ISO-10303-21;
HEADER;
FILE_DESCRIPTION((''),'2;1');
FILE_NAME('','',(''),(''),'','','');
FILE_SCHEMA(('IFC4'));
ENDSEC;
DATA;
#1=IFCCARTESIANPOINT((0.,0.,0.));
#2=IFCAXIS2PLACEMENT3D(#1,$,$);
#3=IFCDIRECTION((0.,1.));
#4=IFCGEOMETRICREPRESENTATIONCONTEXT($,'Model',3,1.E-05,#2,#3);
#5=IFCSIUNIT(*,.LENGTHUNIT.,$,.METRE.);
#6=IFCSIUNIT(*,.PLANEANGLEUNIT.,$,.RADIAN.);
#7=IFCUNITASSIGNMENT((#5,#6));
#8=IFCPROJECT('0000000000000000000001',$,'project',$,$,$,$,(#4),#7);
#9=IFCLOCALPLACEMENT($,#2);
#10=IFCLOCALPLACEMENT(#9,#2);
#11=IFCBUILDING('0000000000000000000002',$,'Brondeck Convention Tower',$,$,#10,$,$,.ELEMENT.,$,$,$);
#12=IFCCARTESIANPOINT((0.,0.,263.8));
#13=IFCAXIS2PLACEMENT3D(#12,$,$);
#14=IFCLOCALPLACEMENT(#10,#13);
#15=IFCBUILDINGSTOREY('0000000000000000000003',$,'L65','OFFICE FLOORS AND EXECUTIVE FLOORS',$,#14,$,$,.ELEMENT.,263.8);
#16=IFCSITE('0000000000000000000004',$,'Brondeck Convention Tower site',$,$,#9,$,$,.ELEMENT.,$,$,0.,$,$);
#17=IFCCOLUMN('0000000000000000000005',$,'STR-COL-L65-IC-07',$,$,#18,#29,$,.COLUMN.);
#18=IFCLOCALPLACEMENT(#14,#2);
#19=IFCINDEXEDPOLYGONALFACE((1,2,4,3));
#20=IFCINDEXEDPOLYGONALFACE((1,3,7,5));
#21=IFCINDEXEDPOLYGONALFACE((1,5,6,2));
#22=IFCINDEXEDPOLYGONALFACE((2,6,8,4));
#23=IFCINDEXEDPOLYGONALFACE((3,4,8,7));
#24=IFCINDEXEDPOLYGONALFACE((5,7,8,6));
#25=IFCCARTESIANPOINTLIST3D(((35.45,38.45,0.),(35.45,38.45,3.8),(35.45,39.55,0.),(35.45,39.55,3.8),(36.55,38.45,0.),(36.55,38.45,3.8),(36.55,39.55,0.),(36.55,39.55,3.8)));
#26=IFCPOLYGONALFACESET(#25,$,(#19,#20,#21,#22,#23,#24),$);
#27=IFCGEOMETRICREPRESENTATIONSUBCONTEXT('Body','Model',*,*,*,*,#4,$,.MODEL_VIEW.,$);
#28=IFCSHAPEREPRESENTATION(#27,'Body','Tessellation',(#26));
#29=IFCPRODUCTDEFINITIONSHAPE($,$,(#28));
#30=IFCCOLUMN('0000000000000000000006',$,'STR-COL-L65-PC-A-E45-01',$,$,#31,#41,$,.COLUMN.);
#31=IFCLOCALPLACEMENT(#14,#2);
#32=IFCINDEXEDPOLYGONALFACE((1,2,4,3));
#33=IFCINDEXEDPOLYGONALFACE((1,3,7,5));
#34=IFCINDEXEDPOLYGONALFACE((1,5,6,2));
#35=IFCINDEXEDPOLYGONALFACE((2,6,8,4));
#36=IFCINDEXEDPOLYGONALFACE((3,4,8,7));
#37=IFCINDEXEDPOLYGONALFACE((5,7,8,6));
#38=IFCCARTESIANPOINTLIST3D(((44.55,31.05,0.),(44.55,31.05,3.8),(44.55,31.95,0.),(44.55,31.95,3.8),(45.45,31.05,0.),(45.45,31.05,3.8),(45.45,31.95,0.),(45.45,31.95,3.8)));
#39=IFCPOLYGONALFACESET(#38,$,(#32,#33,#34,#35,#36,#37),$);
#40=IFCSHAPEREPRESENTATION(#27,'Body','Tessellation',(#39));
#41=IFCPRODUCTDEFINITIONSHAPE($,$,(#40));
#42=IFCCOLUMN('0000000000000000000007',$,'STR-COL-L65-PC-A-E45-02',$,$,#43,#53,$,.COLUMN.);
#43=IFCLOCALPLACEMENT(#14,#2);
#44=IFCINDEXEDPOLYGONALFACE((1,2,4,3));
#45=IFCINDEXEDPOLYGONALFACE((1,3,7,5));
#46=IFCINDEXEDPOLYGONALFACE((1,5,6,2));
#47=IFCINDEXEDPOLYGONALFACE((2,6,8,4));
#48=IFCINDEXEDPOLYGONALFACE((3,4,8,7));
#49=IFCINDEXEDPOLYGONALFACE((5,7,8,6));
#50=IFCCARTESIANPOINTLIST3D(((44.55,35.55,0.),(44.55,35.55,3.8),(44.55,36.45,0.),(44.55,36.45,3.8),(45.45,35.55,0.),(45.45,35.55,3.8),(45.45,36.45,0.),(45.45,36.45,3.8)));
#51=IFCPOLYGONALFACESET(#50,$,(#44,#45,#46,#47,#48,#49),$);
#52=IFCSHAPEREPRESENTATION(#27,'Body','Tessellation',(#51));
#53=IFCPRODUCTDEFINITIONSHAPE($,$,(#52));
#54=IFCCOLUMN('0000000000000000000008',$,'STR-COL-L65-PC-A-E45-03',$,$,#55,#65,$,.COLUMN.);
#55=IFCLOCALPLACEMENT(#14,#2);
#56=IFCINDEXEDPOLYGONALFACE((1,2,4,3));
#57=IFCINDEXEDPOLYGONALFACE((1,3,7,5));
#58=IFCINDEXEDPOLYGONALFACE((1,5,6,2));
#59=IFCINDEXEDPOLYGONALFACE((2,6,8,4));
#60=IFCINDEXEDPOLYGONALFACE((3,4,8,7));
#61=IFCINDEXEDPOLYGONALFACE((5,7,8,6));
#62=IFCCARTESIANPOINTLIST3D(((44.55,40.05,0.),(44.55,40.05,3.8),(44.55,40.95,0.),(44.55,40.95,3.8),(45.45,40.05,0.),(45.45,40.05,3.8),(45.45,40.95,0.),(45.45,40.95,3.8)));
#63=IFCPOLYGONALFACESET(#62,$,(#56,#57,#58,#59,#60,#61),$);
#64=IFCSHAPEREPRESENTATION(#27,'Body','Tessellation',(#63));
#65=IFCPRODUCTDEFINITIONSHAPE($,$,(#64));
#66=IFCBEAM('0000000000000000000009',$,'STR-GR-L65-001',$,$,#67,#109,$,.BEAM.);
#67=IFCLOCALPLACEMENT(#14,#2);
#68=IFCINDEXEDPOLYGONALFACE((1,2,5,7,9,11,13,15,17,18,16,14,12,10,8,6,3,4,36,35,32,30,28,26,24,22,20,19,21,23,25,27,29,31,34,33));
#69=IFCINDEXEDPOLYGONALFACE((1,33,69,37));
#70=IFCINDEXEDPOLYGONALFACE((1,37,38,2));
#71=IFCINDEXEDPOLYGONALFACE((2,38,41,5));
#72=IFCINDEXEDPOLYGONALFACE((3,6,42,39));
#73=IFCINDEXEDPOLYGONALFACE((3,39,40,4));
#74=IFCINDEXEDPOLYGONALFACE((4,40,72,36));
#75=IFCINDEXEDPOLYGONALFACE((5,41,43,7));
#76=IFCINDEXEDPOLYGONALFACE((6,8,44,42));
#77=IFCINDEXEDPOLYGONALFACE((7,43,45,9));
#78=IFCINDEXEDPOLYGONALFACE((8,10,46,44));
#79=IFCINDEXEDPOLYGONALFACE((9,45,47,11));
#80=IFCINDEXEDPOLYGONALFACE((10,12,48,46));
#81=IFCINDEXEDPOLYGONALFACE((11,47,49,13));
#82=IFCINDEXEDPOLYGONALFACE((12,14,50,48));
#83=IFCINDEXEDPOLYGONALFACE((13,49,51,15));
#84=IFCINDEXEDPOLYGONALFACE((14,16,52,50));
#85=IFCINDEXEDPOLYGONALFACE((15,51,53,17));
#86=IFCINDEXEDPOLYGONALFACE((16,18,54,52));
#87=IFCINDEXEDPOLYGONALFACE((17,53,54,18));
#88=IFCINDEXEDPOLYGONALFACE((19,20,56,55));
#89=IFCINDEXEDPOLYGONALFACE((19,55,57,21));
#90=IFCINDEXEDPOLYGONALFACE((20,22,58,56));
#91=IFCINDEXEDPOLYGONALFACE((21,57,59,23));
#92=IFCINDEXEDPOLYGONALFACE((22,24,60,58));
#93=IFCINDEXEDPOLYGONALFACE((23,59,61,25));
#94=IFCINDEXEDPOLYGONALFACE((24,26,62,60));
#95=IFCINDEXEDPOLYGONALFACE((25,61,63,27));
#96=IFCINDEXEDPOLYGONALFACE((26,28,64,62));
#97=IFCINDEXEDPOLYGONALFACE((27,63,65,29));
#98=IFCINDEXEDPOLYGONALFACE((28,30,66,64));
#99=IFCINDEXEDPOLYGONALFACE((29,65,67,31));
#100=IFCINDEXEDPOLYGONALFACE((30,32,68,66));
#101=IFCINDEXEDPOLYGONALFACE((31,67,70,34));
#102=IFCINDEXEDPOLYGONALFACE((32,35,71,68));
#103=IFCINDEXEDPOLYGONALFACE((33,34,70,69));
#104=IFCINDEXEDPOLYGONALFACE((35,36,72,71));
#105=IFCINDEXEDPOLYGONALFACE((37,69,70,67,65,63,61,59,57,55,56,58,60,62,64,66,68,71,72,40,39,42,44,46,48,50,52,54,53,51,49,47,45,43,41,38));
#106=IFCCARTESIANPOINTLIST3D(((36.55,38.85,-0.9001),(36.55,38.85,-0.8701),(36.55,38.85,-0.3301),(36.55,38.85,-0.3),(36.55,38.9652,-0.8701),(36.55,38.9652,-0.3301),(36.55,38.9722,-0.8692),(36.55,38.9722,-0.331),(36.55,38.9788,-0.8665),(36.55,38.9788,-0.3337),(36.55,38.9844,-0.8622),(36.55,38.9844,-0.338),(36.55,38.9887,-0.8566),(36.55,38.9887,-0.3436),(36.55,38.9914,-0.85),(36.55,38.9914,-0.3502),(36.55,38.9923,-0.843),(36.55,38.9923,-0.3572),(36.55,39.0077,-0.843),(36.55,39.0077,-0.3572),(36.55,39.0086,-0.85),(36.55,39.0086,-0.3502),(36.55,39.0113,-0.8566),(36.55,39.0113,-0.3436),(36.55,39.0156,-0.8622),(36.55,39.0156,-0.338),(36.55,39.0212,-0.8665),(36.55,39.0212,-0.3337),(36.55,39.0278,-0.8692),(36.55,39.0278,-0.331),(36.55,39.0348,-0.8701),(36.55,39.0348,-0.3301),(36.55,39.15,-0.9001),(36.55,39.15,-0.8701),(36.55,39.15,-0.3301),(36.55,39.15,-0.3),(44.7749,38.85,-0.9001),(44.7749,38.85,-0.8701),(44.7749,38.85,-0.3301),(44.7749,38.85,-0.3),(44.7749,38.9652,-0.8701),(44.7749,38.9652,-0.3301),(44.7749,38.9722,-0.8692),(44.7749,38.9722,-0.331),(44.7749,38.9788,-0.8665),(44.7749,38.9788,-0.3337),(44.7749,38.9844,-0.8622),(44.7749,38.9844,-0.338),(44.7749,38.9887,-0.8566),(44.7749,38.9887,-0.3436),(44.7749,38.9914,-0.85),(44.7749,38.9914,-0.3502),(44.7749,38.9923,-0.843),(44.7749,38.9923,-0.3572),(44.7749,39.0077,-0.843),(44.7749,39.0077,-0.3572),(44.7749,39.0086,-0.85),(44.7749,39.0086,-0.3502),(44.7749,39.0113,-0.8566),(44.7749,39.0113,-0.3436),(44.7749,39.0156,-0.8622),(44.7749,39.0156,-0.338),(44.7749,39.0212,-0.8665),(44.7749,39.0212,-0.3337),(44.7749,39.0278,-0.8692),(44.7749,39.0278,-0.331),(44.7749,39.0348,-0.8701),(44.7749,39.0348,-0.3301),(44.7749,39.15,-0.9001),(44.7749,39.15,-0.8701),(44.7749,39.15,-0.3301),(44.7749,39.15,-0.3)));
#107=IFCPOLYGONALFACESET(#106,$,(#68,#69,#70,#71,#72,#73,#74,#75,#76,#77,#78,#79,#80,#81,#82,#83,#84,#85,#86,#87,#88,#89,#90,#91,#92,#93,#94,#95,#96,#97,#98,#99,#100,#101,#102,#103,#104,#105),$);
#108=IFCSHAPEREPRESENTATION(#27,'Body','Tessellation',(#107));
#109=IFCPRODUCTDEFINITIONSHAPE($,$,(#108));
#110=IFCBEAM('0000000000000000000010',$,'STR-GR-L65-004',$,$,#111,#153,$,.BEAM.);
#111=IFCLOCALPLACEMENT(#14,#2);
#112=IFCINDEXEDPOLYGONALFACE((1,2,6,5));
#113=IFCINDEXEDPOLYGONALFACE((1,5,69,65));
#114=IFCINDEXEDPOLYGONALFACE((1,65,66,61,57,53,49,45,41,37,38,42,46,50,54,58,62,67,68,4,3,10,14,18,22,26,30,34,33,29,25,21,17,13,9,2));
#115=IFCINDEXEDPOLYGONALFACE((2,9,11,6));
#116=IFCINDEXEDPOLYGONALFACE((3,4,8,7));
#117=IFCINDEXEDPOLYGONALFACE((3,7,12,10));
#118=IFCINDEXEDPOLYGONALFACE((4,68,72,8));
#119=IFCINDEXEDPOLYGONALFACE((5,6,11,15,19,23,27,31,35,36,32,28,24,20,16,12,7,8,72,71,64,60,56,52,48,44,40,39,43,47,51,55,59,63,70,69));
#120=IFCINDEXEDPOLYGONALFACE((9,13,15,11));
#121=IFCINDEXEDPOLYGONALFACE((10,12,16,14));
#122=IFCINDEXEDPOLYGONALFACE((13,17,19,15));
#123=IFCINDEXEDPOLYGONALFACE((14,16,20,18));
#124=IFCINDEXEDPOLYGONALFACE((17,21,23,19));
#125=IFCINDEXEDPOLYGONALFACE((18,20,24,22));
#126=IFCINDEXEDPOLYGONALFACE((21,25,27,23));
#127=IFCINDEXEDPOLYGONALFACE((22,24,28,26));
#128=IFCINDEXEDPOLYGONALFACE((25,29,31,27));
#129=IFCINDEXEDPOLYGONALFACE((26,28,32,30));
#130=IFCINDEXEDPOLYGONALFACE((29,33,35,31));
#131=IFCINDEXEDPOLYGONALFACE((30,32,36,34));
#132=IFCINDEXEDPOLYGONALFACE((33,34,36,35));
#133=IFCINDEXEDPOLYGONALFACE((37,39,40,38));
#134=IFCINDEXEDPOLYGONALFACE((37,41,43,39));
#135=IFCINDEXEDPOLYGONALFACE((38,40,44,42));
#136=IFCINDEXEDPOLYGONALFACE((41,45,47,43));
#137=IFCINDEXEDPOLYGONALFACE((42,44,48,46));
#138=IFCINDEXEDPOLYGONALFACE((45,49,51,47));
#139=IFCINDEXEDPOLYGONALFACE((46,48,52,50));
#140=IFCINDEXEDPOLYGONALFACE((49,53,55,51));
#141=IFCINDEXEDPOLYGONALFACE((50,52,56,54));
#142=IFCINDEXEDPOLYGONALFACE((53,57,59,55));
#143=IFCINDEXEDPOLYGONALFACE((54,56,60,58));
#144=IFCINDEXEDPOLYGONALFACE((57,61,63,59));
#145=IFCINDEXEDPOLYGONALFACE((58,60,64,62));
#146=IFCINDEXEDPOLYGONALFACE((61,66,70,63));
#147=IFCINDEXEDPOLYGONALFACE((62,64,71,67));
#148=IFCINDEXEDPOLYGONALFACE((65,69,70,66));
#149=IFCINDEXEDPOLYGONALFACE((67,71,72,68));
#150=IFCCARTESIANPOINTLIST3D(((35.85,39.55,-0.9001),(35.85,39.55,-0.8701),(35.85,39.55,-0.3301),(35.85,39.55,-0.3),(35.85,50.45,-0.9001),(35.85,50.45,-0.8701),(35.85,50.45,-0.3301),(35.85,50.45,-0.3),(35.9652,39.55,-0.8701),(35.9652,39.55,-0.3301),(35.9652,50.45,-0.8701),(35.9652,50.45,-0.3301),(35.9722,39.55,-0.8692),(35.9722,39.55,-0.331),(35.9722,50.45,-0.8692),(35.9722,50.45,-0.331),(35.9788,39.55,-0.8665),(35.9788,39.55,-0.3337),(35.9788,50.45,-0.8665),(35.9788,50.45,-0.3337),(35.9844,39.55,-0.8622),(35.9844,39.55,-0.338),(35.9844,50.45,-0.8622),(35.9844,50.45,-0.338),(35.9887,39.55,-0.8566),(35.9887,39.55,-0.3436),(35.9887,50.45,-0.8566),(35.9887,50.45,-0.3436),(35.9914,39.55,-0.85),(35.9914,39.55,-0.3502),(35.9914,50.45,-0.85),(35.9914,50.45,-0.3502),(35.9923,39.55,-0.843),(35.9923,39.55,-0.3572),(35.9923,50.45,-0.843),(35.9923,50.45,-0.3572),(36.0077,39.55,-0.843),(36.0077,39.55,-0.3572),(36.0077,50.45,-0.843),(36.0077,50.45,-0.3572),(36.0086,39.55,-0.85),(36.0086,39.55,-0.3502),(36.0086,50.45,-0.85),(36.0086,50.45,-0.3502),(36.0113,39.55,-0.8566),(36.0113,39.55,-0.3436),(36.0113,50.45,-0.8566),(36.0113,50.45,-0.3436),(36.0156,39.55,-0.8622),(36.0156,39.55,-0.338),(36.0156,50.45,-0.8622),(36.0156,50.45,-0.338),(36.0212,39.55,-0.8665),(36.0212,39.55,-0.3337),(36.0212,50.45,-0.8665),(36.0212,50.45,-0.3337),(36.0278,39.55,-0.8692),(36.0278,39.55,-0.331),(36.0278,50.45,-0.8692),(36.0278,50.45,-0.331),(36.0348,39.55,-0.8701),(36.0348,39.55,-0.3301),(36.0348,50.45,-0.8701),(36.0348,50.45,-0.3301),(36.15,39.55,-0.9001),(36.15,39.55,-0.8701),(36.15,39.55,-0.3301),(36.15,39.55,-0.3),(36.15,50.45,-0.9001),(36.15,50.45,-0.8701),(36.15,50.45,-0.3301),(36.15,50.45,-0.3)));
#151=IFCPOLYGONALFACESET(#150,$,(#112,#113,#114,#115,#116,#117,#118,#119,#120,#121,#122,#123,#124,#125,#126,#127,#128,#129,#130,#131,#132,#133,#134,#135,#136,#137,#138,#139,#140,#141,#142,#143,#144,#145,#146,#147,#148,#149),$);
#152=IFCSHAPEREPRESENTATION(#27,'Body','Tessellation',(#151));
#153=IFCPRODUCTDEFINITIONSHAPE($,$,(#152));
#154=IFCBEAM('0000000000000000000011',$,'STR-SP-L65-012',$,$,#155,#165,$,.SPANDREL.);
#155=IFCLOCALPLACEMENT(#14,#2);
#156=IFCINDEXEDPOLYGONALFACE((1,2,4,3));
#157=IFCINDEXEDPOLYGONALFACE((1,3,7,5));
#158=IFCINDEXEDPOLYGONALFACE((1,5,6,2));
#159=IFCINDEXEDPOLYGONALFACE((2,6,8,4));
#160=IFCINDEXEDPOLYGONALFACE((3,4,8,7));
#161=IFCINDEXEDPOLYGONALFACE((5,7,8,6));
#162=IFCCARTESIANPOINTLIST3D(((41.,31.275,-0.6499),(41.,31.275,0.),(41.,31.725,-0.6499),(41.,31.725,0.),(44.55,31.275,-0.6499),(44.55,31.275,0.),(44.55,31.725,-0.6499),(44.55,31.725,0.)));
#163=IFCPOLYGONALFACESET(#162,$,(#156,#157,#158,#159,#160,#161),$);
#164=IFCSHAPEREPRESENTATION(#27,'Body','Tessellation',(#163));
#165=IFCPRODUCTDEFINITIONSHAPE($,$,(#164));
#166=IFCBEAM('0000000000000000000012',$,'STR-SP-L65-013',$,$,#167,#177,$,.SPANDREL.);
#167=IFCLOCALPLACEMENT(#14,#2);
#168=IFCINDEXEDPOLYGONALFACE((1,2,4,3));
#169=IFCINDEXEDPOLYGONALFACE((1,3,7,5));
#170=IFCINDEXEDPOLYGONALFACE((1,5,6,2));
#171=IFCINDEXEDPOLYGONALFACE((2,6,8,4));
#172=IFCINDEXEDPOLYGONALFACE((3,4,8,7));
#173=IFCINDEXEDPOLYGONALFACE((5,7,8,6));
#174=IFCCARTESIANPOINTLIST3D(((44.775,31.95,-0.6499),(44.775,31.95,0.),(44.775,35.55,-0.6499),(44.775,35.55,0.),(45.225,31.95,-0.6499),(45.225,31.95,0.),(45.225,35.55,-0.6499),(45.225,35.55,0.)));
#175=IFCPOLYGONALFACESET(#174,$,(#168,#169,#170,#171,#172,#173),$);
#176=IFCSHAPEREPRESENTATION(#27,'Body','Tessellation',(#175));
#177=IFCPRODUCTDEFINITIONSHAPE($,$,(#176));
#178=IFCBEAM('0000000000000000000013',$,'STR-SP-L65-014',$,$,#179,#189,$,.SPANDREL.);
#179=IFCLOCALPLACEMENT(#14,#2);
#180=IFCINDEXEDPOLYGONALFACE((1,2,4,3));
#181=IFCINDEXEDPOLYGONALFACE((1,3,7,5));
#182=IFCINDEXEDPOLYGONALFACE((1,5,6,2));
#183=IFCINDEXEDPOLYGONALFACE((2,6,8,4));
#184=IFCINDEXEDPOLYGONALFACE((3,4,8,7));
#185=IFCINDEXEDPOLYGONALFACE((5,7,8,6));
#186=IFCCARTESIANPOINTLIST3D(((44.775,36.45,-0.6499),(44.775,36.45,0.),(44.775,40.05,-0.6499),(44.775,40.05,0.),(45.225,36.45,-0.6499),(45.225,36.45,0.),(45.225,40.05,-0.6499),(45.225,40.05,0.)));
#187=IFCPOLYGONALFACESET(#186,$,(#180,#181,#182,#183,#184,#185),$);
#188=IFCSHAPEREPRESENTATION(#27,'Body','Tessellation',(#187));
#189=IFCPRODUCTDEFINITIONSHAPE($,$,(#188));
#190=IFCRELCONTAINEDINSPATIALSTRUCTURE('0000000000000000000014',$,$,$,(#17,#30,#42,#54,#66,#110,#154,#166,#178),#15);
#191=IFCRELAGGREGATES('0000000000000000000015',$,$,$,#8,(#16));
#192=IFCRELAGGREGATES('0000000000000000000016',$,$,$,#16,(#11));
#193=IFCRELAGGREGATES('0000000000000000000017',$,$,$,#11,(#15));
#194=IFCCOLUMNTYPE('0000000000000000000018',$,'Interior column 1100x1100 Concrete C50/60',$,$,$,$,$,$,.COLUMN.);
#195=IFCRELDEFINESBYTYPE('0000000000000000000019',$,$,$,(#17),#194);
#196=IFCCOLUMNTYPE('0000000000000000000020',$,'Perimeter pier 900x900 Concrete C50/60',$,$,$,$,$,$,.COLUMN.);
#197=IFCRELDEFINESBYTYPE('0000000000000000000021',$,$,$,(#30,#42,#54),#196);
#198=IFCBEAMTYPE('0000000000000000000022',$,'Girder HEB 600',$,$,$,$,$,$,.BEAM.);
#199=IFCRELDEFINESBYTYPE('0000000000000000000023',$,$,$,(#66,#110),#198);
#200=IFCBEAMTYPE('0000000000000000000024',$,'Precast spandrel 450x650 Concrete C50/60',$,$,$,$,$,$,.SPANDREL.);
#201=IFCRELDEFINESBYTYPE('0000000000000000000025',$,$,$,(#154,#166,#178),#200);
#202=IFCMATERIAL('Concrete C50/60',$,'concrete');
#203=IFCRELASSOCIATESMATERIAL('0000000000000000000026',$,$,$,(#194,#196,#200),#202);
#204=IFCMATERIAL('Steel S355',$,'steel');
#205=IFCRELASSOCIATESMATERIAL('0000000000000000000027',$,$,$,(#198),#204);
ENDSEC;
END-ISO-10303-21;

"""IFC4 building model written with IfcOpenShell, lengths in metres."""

from ifc_helpers import new_model, si_unit, direction, frame, origin, origin_2d, place, context, subcontext, project, spatial, rectangle, i_section, extrude, material, material_profile, profile_set, type_object, element, save


model = new_model("IFC4")

# Units and contexts
model_context = context("Model", 3, precision=1e-05, world=origin(), true_north=direction((0.0, 1.0)))
body_context = subcontext(model_context, "Body", "Model", "MODEL_VIEW")
ifc_project = project(units=[si_unit("LENGTHUNIT", "METRE"), si_unit("PLANEANGLEUNIT", "RADIAN")], contexts=[model_context])

# Site, building, storey
site_placement = place(None, origin())
site = spatial("IfcSite", under=ifc_project, at=site_placement, Name="Brondeck Convention Tower site", CompositionType="ELEMENT", RefElevation=0.0)
building_placement = place(site_placement, origin())
building = spatial("IfcBuilding", under=site, at=building_placement, Name="Brondeck Convention Tower", CompositionType="ELEMENT")
storey_placement = place(building_placement, frame((0.0, 0.0, 263.8)))
storey = spatial("IfcBuildingStorey", under=building, at=storey_placement, Name="L65", Description="OFFICE FLOORS AND EXECUTIVE FLOORS", CompositionType="ELEMENT", Elevation=263.8)

# Columns
ifc_material_1 = material(Name="Concrete C50/60", Category="concrete")
ifc_material_profile_1 = material_profile(ifc_material_1, rectangle(XDim=1.1001, YDim=1.1001, at=origin_2d()), Name="Interior column 1100x1100 Concrete C50/60")
ifc_profile_set_1 = profile_set([ifc_material_profile_1], Name="Concrete C50/60")
column_type_1 = type_object("IfcColumnType", Name="Interior column 1100x1100 Concrete C50/60", PredefinedType="COLUMN", material=ifc_profile_set_1)
column_placement = place(storey_placement, frame((36.0, 39.0, 0.0), z_axis=(0.0, 0.0, 1.0), x_axis=(1.0, 0.0, 0.0)))
element("IfcColumn", 1, at=column_placement, inside=storey, type_object=column_type_1, Name="STR-COL-L65-IC-07", PredefinedType="COLUMN", context=body_context, shape_type="SweptSolid", body=[
    extrude(rectangle(XDim=1.1001, YDim=1.1001, at=origin_2d()), origin(), (0.0, 0.0, 1.0), 3.8),
])
ifc_material_profile_2 = material_profile(ifc_material_1, rectangle(XDim=0.8999, YDim=0.8999, at=origin_2d()), Name="Perimeter pier 900x900 Concrete C50/60")
ifc_profile_set_2 = profile_set([ifc_material_profile_2], Name="Concrete C50/60")
column_type_2 = type_object("IfcColumnType", Name="Perimeter pier 900x900 Concrete C50/60", PredefinedType="COLUMN", material=ifc_profile_set_2)
for number, where, z_axis, x_axis, name in (
    (2, (45.0, 31.5, 0.0), (0.0, 0.0, 1.0), (0.0, 1.0, 0.0), "STR-COL-L65-PC-A-E45-01"),
    (3, (45.0, 36.0, 0.0), (0.0, 0.0, 1.0), (0.0, 1.0, 0.0), "STR-COL-L65-PC-A-E45-02"),
    (4, (45.0, 40.5, 0.0), (0.0, 0.0, 1.0), (0.0, 1.0, 0.0), "STR-COL-L65-PC-A-E45-03"),
):
    element("IfcColumn", number, at=place(storey_placement, frame(where, z_axis=z_axis, x_axis=x_axis)), inside=storey, type_object=column_type_2, Name=name, PredefinedType="COLUMN", context=body_context, shape_type="SweptSolid", body=[
        extrude(rectangle(XDim=0.8999, YDim=0.8999, at=origin_2d()), origin(), (0.0, 0.0, 1.0), 3.8),
    ])

# Beams
ifc_material_2 = material(Name="Steel S355", Category="steel")
ifc_material_profile_3 = material_profile(ifc_material_2, i_section(OverallWidth=0.3, OverallDepth=0.6001, WebThickness=0.0154, FlangeThickness=0.03, FilletRadius=0.0271, at=origin_2d()), Name="HEB 600")
ifc_profile_set_3 = profile_set([ifc_material_profile_3], Name="Steel S355")
beam_type_1 = type_object("IfcBeamType", Name="Girder HEB 600", PredefinedType="BEAM", material=ifc_profile_set_3)
beam_1_placement = place(storey_placement, frame((36.55, 39.0, -0.6001), z_axis=(1.0, 0.0, 0.0), x_axis=(0.0, 1.0, 0.0)))
element("IfcBeam", 5, at=beam_1_placement, inside=storey, type_object=beam_type_1, Name="STR-GR-L65-001", PredefinedType="BEAM", context=body_context, shape_type="SweptSolid", body=[
    extrude(i_section(OverallWidth=0.3, OverallDepth=0.6001, WebThickness=0.0154, FlangeThickness=0.03, FilletRadius=0.0271, at=origin_2d()), origin(), (0.0, 0.0, 1.0), 8.2249),
])
beam_2_placement = place(storey_placement, frame((36.0, 39.55, -0.6001), z_axis=(0.0, 1.0, 0.0), x_axis=(-1.0, 0.0, 0.0)))
element("IfcBeam", 6, at=beam_2_placement, inside=storey, type_object=beam_type_1, Name="STR-GR-L65-004", PredefinedType="BEAM", context=body_context, shape_type="SweptSolid", body=[
    extrude(i_section(OverallWidth=0.3, OverallDepth=0.6001, WebThickness=0.0154, FlangeThickness=0.03, FilletRadius=0.0271, at=origin_2d()), origin(), (0.0, 0.0, 1.0), 10.8999),
])
ifc_material_profile_4 = material_profile(ifc_material_1, rectangle(XDim=0.45, YDim=0.6499, at=origin_2d()), Name="Precast spandrel 450x650 Concrete C50/60")
ifc_profile_set_4 = profile_set([ifc_material_profile_4], Name="Concrete C50/60")
beam_type_2 = type_object("IfcBeamType", Name="Precast spandrel 450x650 Concrete C50/60", PredefinedType="SPANDREL", material=ifc_profile_set_4)
beam_3_placement = place(storey_placement, frame((41.0, 31.5, -0.325), z_axis=(1.0, 0.0, 0.0), x_axis=(0.0, 1.0, 0.0)))
element("IfcBeam", 7, at=beam_3_placement, inside=storey, type_object=beam_type_2, Name="STR-SP-L65-012", PredefinedType="SPANDREL", context=body_context, shape_type="SweptSolid", body=[
    extrude(rectangle(XDim=0.45, YDim=0.6499, at=origin_2d()), origin(), (0.0, 0.0, 1.0), 3.55),
])
for number, where, z_axis, x_axis, name in (
    (8, (45.0, 31.95, -0.325), (0.0, 1.0, 0.0), (-1.0, 0.0, 0.0), "STR-SP-L65-013"),
    (9, (45.0, 36.45, -0.325), (0.0, 1.0, 0.0), (-1.0, 0.0, 0.0), "STR-SP-L65-014"),
):
    element("IfcBeam", number, at=place(storey_placement, frame(where, z_axis=z_axis, x_axis=x_axis)), inside=storey, type_object=beam_type_2, Name=name, PredefinedType="SPANDREL", context=body_context, shape_type="SweptSolid", body=[
        extrude(rectangle(XDim=0.45, YDim=0.6499, at=origin_2d()), origin(), (0.0, 0.0, 1.0), 3.6001),
    ])

save(model, "model.ifc")
